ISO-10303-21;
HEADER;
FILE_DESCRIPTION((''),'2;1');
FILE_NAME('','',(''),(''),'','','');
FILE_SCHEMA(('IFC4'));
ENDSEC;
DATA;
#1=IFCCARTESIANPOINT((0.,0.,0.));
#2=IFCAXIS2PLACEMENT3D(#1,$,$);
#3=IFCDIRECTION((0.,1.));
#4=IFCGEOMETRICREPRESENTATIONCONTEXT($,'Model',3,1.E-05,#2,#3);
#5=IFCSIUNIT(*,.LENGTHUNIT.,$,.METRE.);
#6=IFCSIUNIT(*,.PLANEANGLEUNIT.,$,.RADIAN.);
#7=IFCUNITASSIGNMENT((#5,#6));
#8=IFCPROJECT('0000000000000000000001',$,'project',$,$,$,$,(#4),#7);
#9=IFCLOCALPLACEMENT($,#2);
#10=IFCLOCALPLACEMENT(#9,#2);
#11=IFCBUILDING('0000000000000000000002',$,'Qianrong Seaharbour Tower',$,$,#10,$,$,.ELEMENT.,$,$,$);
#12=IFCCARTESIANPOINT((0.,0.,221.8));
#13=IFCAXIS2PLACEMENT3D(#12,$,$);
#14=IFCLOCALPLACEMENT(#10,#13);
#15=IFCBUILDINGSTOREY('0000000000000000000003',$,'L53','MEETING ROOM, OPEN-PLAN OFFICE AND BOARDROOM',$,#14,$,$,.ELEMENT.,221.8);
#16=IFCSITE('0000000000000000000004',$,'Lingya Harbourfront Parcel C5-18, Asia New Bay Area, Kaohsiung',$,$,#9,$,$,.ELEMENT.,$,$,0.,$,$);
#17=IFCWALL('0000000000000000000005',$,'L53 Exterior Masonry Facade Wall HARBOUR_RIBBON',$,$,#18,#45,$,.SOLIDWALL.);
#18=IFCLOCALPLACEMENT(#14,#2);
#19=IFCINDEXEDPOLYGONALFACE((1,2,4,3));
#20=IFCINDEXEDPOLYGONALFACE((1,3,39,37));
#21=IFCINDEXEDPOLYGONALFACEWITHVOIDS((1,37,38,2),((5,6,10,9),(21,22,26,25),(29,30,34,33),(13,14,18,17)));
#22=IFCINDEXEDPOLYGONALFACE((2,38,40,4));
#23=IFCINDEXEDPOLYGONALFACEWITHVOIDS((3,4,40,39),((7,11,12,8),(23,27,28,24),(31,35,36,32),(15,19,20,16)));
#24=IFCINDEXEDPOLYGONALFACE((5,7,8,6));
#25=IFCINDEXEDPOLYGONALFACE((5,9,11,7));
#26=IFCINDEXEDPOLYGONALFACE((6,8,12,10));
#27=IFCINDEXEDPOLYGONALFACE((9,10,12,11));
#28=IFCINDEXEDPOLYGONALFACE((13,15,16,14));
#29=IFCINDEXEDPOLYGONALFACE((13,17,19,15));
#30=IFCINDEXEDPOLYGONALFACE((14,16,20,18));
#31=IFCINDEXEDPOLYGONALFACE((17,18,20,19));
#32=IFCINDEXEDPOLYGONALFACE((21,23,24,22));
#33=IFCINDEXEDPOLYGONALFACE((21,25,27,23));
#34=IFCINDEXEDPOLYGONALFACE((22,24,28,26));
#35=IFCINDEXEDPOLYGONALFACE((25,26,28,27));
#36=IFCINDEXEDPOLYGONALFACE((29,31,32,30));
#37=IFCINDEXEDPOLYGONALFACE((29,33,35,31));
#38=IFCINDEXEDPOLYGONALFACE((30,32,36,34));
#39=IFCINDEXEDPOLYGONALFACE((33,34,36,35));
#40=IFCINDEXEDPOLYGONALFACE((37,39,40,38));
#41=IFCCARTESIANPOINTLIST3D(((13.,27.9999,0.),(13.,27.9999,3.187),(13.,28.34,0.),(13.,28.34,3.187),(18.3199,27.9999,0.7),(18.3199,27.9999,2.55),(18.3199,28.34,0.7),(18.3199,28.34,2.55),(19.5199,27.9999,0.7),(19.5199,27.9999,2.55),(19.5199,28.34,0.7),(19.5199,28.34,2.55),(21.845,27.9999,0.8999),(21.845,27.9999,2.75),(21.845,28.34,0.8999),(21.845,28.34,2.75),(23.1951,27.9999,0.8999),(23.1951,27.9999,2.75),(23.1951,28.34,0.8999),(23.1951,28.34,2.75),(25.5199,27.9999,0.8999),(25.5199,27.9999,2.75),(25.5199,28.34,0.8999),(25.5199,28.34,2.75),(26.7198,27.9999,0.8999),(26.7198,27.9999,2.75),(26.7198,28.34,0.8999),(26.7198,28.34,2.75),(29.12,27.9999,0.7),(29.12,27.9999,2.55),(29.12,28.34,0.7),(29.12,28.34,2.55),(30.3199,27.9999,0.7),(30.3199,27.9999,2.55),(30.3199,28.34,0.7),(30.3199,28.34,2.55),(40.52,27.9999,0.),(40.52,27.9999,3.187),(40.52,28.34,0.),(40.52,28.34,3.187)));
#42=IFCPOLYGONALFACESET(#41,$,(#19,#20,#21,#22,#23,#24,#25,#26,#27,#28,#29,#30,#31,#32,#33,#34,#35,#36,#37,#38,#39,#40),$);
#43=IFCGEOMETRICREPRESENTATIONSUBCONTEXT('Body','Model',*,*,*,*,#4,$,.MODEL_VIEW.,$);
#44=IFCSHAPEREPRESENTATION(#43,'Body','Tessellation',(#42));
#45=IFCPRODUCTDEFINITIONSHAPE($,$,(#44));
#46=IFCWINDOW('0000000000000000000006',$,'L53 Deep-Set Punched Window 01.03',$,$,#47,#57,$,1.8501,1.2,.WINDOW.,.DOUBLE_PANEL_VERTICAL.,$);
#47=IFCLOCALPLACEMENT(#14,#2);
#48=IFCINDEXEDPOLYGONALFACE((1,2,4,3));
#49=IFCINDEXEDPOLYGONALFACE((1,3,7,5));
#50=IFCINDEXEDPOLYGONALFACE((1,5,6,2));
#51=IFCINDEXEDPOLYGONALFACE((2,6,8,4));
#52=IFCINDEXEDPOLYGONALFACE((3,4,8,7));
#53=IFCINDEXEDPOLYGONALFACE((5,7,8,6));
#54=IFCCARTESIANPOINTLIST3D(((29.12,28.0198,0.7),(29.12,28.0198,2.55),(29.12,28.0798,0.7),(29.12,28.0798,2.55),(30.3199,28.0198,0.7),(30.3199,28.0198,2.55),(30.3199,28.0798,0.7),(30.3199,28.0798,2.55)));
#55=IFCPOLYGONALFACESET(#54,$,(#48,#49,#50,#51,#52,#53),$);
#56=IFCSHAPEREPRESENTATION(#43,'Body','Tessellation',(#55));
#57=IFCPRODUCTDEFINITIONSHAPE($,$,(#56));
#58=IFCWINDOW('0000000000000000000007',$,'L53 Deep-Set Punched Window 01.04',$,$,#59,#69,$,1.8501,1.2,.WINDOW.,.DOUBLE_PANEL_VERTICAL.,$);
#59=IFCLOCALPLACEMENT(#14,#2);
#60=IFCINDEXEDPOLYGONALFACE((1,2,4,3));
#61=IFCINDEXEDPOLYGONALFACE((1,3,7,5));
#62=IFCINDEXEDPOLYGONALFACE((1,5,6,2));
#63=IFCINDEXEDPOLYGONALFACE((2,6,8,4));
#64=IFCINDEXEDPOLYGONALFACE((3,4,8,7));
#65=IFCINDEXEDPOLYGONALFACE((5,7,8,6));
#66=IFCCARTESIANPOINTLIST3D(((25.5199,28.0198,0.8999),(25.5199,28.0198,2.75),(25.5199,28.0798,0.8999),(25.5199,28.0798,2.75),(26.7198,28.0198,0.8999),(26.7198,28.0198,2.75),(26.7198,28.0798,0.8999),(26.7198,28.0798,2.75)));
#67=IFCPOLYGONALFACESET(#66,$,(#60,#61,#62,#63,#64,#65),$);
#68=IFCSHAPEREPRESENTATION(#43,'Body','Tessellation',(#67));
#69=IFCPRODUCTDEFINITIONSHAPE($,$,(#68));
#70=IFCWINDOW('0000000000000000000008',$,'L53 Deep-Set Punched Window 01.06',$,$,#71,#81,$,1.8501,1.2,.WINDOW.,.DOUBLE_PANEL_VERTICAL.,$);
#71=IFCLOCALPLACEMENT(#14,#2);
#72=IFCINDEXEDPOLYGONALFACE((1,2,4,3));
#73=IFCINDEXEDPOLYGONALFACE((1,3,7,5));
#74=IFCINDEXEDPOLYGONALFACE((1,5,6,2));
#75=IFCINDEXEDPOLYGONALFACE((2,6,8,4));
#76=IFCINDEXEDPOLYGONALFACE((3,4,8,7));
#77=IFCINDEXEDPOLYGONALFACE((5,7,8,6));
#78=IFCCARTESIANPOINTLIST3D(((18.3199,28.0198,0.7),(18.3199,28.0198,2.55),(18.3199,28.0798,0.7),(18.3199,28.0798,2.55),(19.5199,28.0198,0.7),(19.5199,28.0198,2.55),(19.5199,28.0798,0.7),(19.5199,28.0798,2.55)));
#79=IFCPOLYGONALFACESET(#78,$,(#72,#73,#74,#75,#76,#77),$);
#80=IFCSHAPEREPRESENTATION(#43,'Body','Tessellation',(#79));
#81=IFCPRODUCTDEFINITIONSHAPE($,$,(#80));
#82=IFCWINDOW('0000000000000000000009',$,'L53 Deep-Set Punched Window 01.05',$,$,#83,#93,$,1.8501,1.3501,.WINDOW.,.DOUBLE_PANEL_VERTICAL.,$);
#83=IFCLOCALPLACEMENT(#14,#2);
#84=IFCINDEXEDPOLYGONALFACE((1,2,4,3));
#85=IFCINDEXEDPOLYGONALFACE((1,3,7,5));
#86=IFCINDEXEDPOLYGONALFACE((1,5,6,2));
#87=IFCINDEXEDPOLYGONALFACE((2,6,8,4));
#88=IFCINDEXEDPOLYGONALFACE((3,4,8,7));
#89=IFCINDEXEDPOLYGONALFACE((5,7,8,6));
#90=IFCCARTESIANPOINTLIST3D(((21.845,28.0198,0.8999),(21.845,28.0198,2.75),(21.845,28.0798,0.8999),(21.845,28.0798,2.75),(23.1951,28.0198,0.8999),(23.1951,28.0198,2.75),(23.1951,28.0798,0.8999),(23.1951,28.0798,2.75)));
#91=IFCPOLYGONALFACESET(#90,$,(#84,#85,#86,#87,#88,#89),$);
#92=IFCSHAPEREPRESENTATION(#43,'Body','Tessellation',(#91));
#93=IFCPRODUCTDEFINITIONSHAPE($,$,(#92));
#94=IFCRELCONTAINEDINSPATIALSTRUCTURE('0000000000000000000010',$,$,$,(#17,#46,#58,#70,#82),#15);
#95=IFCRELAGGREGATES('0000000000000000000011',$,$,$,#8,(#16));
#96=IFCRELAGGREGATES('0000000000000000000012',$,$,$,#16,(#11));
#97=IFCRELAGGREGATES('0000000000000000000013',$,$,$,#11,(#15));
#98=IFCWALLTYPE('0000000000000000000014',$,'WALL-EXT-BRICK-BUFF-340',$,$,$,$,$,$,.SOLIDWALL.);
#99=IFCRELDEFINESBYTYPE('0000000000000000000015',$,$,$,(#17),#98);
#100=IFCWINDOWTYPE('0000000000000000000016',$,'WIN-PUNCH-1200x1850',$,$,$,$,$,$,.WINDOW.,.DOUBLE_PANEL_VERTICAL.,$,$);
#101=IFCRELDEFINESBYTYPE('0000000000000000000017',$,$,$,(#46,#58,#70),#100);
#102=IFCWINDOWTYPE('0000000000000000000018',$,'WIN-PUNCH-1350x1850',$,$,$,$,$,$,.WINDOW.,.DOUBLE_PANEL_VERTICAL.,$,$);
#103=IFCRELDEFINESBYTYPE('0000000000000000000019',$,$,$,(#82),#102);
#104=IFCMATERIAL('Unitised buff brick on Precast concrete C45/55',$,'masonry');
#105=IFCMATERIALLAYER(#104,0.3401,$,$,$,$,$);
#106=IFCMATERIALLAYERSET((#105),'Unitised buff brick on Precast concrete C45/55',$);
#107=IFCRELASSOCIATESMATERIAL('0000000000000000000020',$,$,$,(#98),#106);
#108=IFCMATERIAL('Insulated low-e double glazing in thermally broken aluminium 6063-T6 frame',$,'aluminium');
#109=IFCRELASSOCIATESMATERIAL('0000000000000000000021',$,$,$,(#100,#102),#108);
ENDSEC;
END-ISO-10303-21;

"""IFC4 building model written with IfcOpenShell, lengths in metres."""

from ifc_helpers import new_model, si_unit, direction, frame, frame_2d, origin, place, context, subcontext, project, spatial, rectangle, extrude, material, layer, layer_set, type_object, element, fill, save


model = new_model("IFC4")

# Units and contexts
model_context = context("Model", 3, precision=1e-05, world=origin(), true_north=direction((0.0, 1.0)))
body_context = subcontext(model_context, "Body", "Model", "MODEL_VIEW")
ifc_project = project(units=[si_unit("LENGTHUNIT", "METRE"), si_unit("PLANEANGLEUNIT", "RADIAN")], contexts=[model_context])

# Site, building, storey
site_placement = place(None, origin())
site = spatial("IfcSite", under=ifc_project, at=site_placement, Name="Lingya Harbourfront Parcel C5-18, Asia New Bay Area, Kaohsiung", CompositionType="ELEMENT", RefElevation=0.0)
building_placement = place(site_placement, origin())
building = spatial("IfcBuilding", under=site, at=building_placement, Name="Qianrong Seaharbour Tower", CompositionType="ELEMENT")
storey_placement = place(building_placement, frame((0.0, 0.0, 221.8)))
storey = spatial("IfcBuildingStorey", under=building, at=storey_placement, Name="L53", Description="MEETING ROOM, OPEN-PLAN OFFICE AND BOARDROOM", CompositionType="ELEMENT", Elevation=221.8)

# Wall, openings, windows
ifc_material_1 = material(Name="Unitised buff brick on Precast concrete C45/55", Category="masonry")
ifc_layer_1 = layer(ifc_material_1, 0.3401)
ifc_layer_set_1 = layer_set([ifc_layer_1], Name="Unitised buff brick on Precast concrete C45/55")
wall_type_1 = type_object("IfcWallType", Name="WALL-EXT-BRICK-BUFF-340", PredefinedType="SOLIDWALL", material=ifc_layer_set_1)
ifc_material_2 = material(Name="Insulated low-e double glazing in thermally broken aluminium 6063-T6 frame", Category="aluminium")
window_type_1 = type_object("IfcWindowType", Name="WIN-PUNCH-1200x1850", PartitioningType="DOUBLE_PANEL_VERTICAL", PredefinedType="WINDOW", material=ifc_material_2)
wall_1_placement = place(storey_placement, frame((40.52, 28.1699, 0.0), z_axis=(0.0, 0.0, 1.0), x_axis=(-1.0, 0.0, 0.0)))
wall_1 = element("IfcWall", 1, at=wall_1_placement, inside=storey, type_object=wall_type_1, Name="L53 Exterior Masonry Facade Wall HARBOUR_RIBBON", PredefinedType="SOLIDWALL", context=body_context, shape_type="SweptSolid", body=[
    extrude(rectangle(XDim=27.52, YDim=0.3401, at=frame_2d((13.76, 0.0))), origin(), (0.0, 0.0, 1.0), 3.187),
])
opening_1_placement = place(wall_1_placement, frame((10.2, 0.0, 0.7)))
opening_1 = element("IfcOpeningElement", 2, at=opening_1_placement, cuts=wall_1, PredefinedType="OPENING", context=body_context, shape_type="SweptSolid", body=[
    extrude(rectangle(XDim=1.2, YDim=1.8501, at=frame_2d((0.6001, 0.925))), frame((0.0, 0.1802, 0.0), z_axis=(0.0, -1.0, 0.0), x_axis=(1.0, 0.0, 0.0)), (0.0, 0.0, 1.0), 0.3601),
])
opening_2_placement = place(wall_1_placement, frame((13.8, 0.0, 0.8999)))
opening_2 = element("IfcOpeningElement", 3, at=opening_2_placement, cuts=wall_1, PredefinedType="OPENING", context=body_context, shape_type="SweptSolid", body=[
    extrude(rectangle(XDim=1.2, YDim=1.8501, at=frame_2d((0.6001, 0.925))), frame((0.0, 0.1802, 0.0), z_axis=(0.0, -1.0, 0.0), x_axis=(1.0, 0.0, 0.0)), (0.0, 0.0, 1.0), 0.3601),
])
opening_3_placement = place(wall_1_placement, frame((17.325, 0.0, 0.8999)))
opening_3 = element("IfcOpeningElement", 4, at=opening_3_placement, cuts=wall_1, PredefinedType="OPENING", context=body_context, shape_type="SweptSolid", body=[
    extrude(rectangle(XDim=1.3501, YDim=1.8501, at=frame_2d((0.675, 0.925))), frame((0.0, 0.1802, 0.0), z_axis=(0.0, -1.0, 0.0), x_axis=(1.0, 0.0, 0.0)), (0.0, 0.0, 1.0), 0.3601),
])
opening_4_placement = place(wall_1_placement, frame((21.0, 0.0, 0.7)))
opening_4 = element("IfcOpeningElement", 5, at=opening_4_placement, cuts=wall_1, PredefinedType="OPENING", context=body_context, shape_type="SweptSolid", body=[
    extrude(rectangle(XDim=1.2, YDim=1.8501, at=frame_2d((0.6001, 0.925))), frame((0.0, 0.1802, 0.0), z_axis=(0.0, -1.0, 0.0), x_axis=(1.0, 0.0, 0.0)), (0.0, 0.0, 1.0), 0.3601),
])
window_1_placement = place(opening_1_placement, origin())
window_1 = element("IfcWindow", 6, at=window_1_placement, inside=storey, type_object=window_type_1, Name="L53 Deep-Set Punched Window 01.03", OverallHeight=1.8501, OverallWidth=1.2, PartitioningType="DOUBLE_PANEL_VERTICAL", PredefinedType="WINDOW", context=body_context, shape_type="SweptSolid", body=[
    extrude(rectangle(XDim=1.2, YDim=1.8501, at=frame_2d((0.6001, 0.925))), frame((0.0, 0.1501, 0.0), z_axis=(0.0, -1.0, 0.0), x_axis=(1.0, 0.0, 0.0)), (0.0, 0.0, 1.0), 0.0601),
])
fill(opening_1, window_1)
window_2_placement = place(opening_2_placement, origin())
window_2 = element("IfcWindow", 7, at=window_2_placement, inside=storey, type_object=window_type_1, Name="L53 Deep-Set Punched Window 01.04", OverallHeight=1.8501, OverallWidth=1.2, PartitioningType="DOUBLE_PANEL_VERTICAL", PredefinedType="WINDOW", context=body_context, shape_type="SweptSolid", body=[
    extrude(rectangle(XDim=1.2, YDim=1.8501, at=frame_2d((0.6001, 0.925))), frame((0.0, 0.1501, 0.0), z_axis=(0.0, -1.0, 0.0), x_axis=(1.0, 0.0, 0.0)), (0.0, 0.0, 1.0), 0.0601),
])
fill(opening_2, window_2)
window_3_placement = place(opening_4_placement, origin())
window_3 = element("IfcWindow", 8, at=window_3_placement, inside=storey, type_object=window_type_1, Name="L53 Deep-Set Punched Window 01.06", OverallHeight=1.8501, OverallWidth=1.2, PartitioningType="DOUBLE_PANEL_VERTICAL", PredefinedType="WINDOW", context=body_context, shape_type="SweptSolid", body=[
    extrude(rectangle(XDim=1.2, YDim=1.8501, at=frame_2d((0.6001, 0.925))), frame((0.0, 0.1501, 0.0), z_axis=(0.0, -1.0, 0.0), x_axis=(1.0, 0.0, 0.0)), (0.0, 0.0, 1.0), 0.0601),
])
fill(opening_4, window_3)
window_type_2 = type_object("IfcWindowType", Name="WIN-PUNCH-1350x1850", PartitioningType="DOUBLE_PANEL_VERTICAL", PredefinedType="WINDOW", material=ifc_material_2)
window_4_placement = place(opening_3_placement, origin())
window_4 = element("IfcWindow", 9, at=window_4_placement, inside=storey, type_object=window_type_2, Name="L53 Deep-Set Punched Window 01.05", OverallHeight=1.8501, OverallWidth=1.3501, PartitioningType="DOUBLE_PANEL_VERTICAL", PredefinedType="WINDOW", context=body_context, shape_type="SweptSolid", body=[
    extrude(rectangle(XDim=1.3501, YDim=1.8501, at=frame_2d((0.675, 0.925))), frame((0.0, 0.1501, 0.0), z_axis=(0.0, -1.0, 0.0), x_axis=(1.0, 0.0, 0.0)), (0.0, 0.0, 1.0), 0.0601),
])
fill(opening_3, window_4)

save(model, "model.ifc")
